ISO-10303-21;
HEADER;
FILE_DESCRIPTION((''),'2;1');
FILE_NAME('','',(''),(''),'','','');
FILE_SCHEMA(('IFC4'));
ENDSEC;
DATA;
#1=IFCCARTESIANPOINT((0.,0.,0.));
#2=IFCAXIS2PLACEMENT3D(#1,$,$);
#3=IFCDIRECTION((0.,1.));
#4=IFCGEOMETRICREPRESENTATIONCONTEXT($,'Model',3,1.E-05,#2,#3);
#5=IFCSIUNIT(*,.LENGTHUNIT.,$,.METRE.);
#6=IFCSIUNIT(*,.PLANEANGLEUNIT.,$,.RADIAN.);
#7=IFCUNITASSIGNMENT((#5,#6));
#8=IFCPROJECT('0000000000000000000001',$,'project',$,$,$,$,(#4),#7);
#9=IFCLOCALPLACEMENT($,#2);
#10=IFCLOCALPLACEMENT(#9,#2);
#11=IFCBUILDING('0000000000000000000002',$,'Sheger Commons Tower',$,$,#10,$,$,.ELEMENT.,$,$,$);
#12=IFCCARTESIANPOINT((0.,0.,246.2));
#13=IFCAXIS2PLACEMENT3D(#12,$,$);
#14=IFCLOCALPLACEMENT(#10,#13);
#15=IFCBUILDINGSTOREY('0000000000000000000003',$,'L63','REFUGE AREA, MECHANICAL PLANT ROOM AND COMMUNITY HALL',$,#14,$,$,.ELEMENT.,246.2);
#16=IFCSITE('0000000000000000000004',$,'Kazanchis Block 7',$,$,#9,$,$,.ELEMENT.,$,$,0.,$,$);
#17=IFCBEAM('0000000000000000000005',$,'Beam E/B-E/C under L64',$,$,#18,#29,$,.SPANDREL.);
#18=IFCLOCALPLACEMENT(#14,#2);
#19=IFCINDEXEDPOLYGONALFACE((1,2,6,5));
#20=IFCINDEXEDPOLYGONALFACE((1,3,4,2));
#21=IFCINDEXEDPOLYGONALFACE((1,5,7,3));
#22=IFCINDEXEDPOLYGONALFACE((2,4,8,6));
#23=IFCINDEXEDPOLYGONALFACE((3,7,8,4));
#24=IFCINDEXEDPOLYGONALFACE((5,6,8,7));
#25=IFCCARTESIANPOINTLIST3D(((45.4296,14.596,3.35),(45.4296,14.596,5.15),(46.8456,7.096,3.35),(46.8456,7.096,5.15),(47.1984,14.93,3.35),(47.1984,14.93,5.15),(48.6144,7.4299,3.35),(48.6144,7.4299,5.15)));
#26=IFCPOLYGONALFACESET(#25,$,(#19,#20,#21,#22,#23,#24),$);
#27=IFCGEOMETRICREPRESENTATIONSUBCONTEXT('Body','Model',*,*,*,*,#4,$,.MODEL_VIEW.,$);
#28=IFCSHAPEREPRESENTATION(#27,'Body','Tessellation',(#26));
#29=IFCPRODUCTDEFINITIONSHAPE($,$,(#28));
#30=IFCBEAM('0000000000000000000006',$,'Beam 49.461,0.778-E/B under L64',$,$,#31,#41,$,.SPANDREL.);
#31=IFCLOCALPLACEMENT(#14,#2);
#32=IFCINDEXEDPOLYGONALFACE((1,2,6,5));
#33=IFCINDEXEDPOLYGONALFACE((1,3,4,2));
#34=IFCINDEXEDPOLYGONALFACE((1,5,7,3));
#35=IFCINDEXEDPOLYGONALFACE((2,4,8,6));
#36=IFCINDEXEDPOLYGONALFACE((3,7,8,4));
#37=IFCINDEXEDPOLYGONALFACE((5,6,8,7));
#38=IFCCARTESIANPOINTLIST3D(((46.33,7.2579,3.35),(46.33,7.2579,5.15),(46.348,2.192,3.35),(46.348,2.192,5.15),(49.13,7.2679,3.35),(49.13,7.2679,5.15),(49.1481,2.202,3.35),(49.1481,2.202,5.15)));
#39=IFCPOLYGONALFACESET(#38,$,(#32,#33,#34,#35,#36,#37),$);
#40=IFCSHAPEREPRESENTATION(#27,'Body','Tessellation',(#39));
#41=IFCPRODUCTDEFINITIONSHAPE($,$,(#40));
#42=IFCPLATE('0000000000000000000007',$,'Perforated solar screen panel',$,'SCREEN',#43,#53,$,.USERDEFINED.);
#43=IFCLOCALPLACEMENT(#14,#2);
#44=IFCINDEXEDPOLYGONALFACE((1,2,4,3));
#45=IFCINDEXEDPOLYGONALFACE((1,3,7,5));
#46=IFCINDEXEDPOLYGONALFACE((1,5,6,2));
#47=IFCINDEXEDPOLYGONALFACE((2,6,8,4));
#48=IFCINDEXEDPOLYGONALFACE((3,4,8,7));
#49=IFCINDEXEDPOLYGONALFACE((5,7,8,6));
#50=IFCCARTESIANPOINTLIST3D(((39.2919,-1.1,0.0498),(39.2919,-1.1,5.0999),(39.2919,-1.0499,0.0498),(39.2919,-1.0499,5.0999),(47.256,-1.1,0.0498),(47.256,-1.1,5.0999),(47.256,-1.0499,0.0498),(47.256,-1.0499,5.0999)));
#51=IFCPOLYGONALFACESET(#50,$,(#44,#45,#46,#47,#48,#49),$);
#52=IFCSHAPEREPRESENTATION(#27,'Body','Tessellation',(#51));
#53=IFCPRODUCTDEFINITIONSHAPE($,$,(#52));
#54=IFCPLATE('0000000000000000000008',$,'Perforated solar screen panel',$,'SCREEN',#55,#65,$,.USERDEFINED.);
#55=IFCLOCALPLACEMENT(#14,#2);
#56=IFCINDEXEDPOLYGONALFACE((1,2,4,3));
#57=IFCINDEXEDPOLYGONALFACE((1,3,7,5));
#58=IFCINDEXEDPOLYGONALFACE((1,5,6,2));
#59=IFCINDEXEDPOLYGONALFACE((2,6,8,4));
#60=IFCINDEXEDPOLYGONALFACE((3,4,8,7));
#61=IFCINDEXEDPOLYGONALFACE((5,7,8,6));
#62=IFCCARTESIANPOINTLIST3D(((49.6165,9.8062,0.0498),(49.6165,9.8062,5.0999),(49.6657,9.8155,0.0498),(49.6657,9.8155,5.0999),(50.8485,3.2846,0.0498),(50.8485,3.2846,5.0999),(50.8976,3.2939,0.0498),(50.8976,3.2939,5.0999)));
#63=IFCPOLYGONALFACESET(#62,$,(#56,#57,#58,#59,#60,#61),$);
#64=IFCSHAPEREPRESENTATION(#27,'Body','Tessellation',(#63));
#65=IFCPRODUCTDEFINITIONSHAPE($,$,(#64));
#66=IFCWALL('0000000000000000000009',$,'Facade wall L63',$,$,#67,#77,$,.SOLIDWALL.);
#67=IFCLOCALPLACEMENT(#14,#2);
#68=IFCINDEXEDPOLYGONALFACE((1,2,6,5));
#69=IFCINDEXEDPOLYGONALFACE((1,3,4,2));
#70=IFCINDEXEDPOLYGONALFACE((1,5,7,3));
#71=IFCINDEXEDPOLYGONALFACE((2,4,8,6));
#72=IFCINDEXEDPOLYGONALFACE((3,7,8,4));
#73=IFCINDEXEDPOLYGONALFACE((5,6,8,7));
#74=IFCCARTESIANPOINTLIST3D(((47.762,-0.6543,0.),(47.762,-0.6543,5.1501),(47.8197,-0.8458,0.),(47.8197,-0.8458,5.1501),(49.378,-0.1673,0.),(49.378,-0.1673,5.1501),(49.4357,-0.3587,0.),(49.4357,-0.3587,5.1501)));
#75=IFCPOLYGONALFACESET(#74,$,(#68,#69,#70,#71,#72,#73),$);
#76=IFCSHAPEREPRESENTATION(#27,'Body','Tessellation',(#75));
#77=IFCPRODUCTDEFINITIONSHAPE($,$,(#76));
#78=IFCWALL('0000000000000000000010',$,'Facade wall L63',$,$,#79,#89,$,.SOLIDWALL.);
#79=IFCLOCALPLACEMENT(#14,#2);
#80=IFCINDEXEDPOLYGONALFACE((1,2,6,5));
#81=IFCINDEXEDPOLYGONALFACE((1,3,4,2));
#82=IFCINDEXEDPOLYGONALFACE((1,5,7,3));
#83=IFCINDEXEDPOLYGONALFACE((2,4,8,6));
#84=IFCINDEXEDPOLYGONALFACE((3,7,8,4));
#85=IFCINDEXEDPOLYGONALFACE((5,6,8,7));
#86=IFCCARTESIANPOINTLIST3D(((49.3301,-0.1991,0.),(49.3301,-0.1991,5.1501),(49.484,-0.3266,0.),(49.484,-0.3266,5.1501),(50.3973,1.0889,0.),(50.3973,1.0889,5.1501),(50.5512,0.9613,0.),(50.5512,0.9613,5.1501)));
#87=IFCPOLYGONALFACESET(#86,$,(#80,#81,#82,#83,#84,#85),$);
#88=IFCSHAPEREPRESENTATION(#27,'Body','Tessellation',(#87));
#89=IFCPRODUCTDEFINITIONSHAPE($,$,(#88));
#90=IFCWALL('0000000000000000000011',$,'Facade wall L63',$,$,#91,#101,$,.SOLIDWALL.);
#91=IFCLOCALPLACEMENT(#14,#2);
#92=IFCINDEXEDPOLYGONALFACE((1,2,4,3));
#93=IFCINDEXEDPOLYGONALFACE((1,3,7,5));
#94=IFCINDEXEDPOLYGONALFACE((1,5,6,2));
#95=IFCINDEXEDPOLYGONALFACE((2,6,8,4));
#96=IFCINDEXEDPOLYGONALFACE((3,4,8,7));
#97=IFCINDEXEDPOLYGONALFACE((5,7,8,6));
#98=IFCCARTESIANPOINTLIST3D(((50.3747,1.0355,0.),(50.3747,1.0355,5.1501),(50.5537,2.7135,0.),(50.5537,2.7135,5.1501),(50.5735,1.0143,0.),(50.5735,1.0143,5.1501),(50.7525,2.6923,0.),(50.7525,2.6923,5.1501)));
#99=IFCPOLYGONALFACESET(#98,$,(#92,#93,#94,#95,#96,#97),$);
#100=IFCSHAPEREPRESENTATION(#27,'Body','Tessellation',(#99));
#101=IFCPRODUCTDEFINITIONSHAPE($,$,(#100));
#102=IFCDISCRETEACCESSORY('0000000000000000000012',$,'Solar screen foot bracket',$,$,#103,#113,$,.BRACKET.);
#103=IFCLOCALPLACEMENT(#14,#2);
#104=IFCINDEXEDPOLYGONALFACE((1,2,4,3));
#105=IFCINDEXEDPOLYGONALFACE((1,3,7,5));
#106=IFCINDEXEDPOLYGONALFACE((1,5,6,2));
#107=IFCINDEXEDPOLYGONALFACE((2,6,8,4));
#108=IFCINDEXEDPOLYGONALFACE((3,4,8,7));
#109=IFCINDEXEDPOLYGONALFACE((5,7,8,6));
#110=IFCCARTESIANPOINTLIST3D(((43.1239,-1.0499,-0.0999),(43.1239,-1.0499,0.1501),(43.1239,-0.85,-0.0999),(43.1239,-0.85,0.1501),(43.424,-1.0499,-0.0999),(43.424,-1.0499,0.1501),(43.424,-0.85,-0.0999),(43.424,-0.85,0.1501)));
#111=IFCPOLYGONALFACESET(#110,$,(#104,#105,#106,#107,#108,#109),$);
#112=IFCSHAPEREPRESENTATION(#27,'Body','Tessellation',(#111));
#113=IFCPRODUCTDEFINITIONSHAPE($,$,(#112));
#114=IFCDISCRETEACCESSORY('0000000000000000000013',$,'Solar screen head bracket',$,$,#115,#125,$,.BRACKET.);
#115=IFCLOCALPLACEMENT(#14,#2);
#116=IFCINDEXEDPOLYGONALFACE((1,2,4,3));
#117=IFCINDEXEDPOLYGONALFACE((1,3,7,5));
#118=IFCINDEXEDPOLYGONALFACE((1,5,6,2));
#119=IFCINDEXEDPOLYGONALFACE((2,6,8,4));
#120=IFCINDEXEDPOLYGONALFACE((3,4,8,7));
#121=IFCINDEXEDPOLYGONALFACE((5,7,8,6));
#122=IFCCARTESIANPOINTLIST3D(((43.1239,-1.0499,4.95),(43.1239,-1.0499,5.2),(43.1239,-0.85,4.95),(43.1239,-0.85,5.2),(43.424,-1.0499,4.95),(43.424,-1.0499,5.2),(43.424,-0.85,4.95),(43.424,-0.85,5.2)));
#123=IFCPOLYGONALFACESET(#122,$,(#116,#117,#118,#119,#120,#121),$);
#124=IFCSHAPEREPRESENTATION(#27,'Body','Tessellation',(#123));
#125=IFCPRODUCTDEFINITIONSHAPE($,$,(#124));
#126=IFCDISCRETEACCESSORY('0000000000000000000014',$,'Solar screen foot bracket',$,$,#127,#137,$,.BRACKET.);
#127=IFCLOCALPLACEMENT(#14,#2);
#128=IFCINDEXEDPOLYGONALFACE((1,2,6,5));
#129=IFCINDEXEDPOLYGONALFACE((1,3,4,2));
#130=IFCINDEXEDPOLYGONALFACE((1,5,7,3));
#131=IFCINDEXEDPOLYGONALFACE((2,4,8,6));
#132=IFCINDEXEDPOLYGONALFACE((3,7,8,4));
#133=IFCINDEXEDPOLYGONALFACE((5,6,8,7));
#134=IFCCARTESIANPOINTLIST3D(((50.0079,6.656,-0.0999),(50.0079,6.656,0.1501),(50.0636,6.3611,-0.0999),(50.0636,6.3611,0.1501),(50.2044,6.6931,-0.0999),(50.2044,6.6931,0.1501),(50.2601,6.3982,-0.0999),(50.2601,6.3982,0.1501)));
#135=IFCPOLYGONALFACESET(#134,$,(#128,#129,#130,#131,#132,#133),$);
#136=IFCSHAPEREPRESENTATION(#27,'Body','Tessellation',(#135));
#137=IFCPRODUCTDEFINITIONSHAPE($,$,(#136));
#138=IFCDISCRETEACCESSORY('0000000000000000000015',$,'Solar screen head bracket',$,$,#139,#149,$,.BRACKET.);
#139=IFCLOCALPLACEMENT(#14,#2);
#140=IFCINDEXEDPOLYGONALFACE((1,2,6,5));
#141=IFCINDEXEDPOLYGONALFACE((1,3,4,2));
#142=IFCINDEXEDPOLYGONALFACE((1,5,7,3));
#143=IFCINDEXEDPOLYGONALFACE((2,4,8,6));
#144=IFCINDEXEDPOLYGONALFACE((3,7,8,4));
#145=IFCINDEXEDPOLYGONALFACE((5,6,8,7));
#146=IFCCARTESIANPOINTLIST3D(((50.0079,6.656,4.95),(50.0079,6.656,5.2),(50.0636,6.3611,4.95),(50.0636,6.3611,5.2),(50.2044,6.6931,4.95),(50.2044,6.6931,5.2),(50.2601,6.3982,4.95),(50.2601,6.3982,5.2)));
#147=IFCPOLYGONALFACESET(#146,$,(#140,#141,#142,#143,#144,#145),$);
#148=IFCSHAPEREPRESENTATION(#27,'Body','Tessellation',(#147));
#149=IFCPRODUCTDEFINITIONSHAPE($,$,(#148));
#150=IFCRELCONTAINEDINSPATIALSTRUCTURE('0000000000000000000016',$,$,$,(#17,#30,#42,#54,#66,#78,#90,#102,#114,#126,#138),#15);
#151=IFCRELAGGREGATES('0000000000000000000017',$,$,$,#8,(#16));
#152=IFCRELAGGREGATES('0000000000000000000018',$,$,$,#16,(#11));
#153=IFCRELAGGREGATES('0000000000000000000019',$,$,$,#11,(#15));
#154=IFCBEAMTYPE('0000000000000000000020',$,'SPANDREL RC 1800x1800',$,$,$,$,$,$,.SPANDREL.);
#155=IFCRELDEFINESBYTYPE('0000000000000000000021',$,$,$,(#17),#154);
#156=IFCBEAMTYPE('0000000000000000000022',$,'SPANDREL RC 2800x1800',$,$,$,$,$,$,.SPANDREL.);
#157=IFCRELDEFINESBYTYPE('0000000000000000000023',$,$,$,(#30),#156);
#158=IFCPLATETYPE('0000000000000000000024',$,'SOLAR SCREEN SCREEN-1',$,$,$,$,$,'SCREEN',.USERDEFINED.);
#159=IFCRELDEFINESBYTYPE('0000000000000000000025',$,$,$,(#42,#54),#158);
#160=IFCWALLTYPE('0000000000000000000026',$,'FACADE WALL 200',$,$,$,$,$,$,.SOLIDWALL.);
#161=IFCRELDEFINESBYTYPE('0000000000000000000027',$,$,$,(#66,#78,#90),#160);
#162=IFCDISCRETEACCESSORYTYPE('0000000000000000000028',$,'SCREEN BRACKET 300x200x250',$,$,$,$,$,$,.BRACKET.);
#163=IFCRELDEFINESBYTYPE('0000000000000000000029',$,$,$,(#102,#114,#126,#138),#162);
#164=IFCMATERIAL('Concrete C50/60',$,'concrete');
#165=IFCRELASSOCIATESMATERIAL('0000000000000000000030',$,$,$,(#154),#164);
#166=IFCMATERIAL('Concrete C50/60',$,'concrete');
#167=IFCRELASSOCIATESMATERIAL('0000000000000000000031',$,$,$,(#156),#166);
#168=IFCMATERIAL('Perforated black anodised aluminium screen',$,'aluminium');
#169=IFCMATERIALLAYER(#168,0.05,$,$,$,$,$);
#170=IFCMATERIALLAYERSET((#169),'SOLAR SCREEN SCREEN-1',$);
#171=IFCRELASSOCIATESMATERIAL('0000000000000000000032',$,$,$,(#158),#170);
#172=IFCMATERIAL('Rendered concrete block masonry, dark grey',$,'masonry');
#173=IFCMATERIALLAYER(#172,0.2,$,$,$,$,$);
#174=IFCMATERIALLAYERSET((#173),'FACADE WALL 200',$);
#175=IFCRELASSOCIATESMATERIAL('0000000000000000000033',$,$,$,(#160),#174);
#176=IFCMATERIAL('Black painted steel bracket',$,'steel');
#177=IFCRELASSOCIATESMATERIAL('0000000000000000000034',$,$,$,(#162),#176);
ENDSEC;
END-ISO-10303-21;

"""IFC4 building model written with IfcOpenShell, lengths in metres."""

from ifc_helpers import new_model, si_unit, direction, frame, frame_2d, origin, origin_2d, place, context, subcontext, project, spatial, rectangle, extrude, material, layer, layer_set, material_profile, profile_set, type_object, element, save


model = new_model("IFC4")

# Units and contexts
model_context = context("Model", 3, precision=1e-05, world=origin(), true_north=direction((0.0, 1.0)))
body_context = subcontext(model_context, "Body", "Model", "MODEL_VIEW")
ifc_project = project(units=[si_unit("LENGTHUNIT", "METRE"), si_unit("PLANEANGLEUNIT", "RADIAN")], contexts=[model_context])

# Site, building, storey
site_placement = place(None, origin())
site = spatial("IfcSite", under=ifc_project, at=site_placement, Name="Kazanchis Block 7", CompositionType="ELEMENT", RefElevation=0.0)
building_placement = place(site_placement, origin())
building = spatial("IfcBuilding", under=site, at=building_placement, Name="Sheger Commons Tower", CompositionType="ELEMENT")
storey_placement = place(building_placement, frame((0.0, 0.0, 246.2)))
storey = spatial("IfcBuildingStorey", under=building, at=storey_placement, Name="L63", Description="REFUGE AREA, MECHANICAL PLANT ROOM AND COMMUNITY HALL", CompositionType="ELEMENT", Elevation=246.2)

# Beams
ifc_material_1 = material(Name="Concrete C50/60", Category="concrete")
ifc_material_profile_1 = material_profile(ifc_material_1, rectangle(XDim=1.8, YDim=1.8, at=origin_2d()), Name="RC 1800x1800")
ifc_profile_set_1 = profile_set([ifc_material_profile_1], Name="Concrete C50/60")
beam_type_1 = type_object("IfcBeamType", Name="SPANDREL RC 1800x1800", PredefinedType="SPANDREL", material=ifc_profile_set_1)
beam_1_placement = place(storey_placement, frame((47.73, 7.2629, 4.25), z_axis=(-0.185524, 0.98264, 0.0), x_axis=(-0.98264, -0.185524, 0.0)))
element("IfcBeam", 1, at=beam_1_placement, inside=storey, type_object=beam_type_1, Name="Beam E/B-E/C under L64", PredefinedType="SPANDREL", context=body_context, shape_type="SweptSolid", body=[
    extrude(rectangle(XDim=1.8, YDim=1.8, at=origin_2d()), origin(), (0.0, 0.0, 1.0), 7.6326),
])
ifc_material_2 = material(Name="Concrete C50/60", Category="concrete")
ifc_material_profile_2 = material_profile(ifc_material_2, rectangle(XDim=2.8, YDim=1.8, at=origin_2d()), Name="RC 2800x1800")
ifc_profile_set_2 = profile_set([ifc_material_profile_2], Name="Concrete C50/60")
beam_type_2 = type_object("IfcBeamType", Name="SPANDREL RC 2800x1800", PredefinedType="SPANDREL", material=ifc_profile_set_2)
beam_2_placement = place(storey_placement, frame((47.748, 2.197, 4.25), z_axis=(-0.003566, 0.999994, 0.0), x_axis=(-0.999994, -0.003566, 0.0)))
element("IfcBeam", 2, at=beam_2_placement, inside=storey, type_object=beam_type_2, Name="Beam 49.461,0.778-E/B under L64", PredefinedType="SPANDREL", context=body_context, shape_type="SweptSolid", body=[
    extrude(rectangle(XDim=2.8, YDim=1.8, at=origin_2d()), origin(), (0.0, 0.0, 1.0), 5.0659),
])

# Plates
ifc_material_3 = material(Name="Perforated black anodised aluminium screen", Category="aluminium")
ifc_layer_1 = layer(ifc_material_3, 0.05)
ifc_layer_set_1 = layer_set([ifc_layer_1], Name="SOLAR SCREEN SCREEN-1")
plate_type = type_object("IfcPlateType", Name="SOLAR SCREEN SCREEN-1", ElementType="SCREEN", PredefinedType="USERDEFINED", material=ifc_layer_set_1)
plate_1_placement = place(storey_placement, frame((43.2739, -1.075, 0.0498), z_axis=(0.0, 0.0, 1.0), x_axis=(1.0, 0.0, 0.0)))
element("IfcPlate", 3, at=plate_1_placement, inside=storey, type_object=plate_type, Name="Perforated solar screen panel", ObjectType="SCREEN", PredefinedType="USERDEFINED", context=body_context, shape_type="SweptSolid", body=[
    extrude(rectangle(XDim=7.9641, YDim=0.05, at=origin_2d()), origin(), (0.0, 0.0, 1.0), 5.05),
])
plate_2_placement = place(storey_placement, frame((50.2571, 6.55, 0.0498), z_axis=(0.0, 0.0, 1.0), x_axis=(-0.185615, 0.982623, 0.0)))
element("IfcPlate", 4, at=plate_2_placement, inside=storey, type_object=plate_type, Name="Perforated solar screen panel", ObjectType="SCREEN", PredefinedType="USERDEFINED", context=body_context, shape_type="SweptSolid", body=[
    extrude(rectangle(XDim=6.637, YDim=0.05, at=origin_2d()), origin(), (0.0, 0.0, 1.0), 5.05),
])

# Walls
ifc_material_4 = material(Name="Rendered concrete block masonry, dark grey", Category="masonry")
ifc_layer_2 = layer(ifc_material_4, 0.2)
ifc_layer_set_2 = layer_set([ifc_layer_2], Name="FACADE WALL 200")
wall_type = type_object("IfcWallType", Name="FACADE WALL 200", PredefinedType="SOLIDWALL", material=ifc_layer_set_2)
wall_1_placement = place(storey_placement, frame((47.791, -0.75, 0.0), z_axis=(0.0, 0.0, 1.0), x_axis=(0.957455, 0.288582, 0.0)))
element("IfcWall", 5, at=wall_1_placement, inside=storey, type_object=wall_type, Name="Facade wall L63", PredefinedType="SOLIDWALL", context=body_context, shape_type="SweptSolid", body=[
    extrude(rectangle(XDim=1.6877, YDim=0.2, at=frame_2d((0.8438, 0.0))), origin(), (0.0, 0.0, 1.0), 5.1501),
])
wall_2_placement = place(storey_placement, frame((49.407, -0.2629, 0.0), z_axis=(0.0, 0.0, 1.0), x_axis=(0.638043, 0.770001, 0.0)))
element("IfcWall", 6, at=wall_2_placement, inside=storey, type_object=wall_type, Name="Facade wall L63", PredefinedType="SOLIDWALL", context=body_context, shape_type="SweptSolid", body=[
    extrude(rectangle(XDim=1.6726, YDim=0.2, at=frame_2d((0.8364, 0.0))), origin(), (0.0, 0.0, 1.0), 5.1501),
])
wall_3_placement = place(storey_placement, frame((50.4741, 1.0249, 0.0), z_axis=(0.0, 0.0, 1.0), x_axis=(0.106048, 0.994361, 0.0)))
element("IfcWall", 7, at=wall_3_placement, inside=storey, type_object=wall_type, Name="Facade wall L63", PredefinedType="SOLIDWALL", context=body_context, shape_type="SweptSolid", body=[
    extrude(rectangle(XDim=1.6875, YDim=0.2, at=frame_2d((0.8438, 0.0))), origin(), (0.0, 0.0, 1.0), 5.1501),
])

# Discrete accessories
ifc_material_5 = material(Name="Black painted steel bracket", Category="steel")
discrete_accessory_type = type_object("IfcDiscreteAccessoryType", Name="SCREEN BRACKET 300x200x250", PredefinedType="BRACKET", material=ifc_material_5)
for number, where, z_axis, x_axis, name in (
    (8, (43.2739, -0.95, -0.0999), (0.0, 0.0, 1.0), (1.0, 0.0, 0.0), "Solar screen foot bracket"),
    (9, (43.2739, -0.95, 4.95), (0.0, 0.0, 1.0), (1.0, 0.0, 0.0), "Solar screen head bracket"),
    (10, (50.134, 6.5271, -0.0999), (0.0, 0.0, 1.0), (-0.185615, 0.982623, 0.0), "Solar screen foot bracket"),
    (11, (50.134, 6.5271, 4.95), (0.0, 0.0, 1.0), (-0.185615, 0.982623, 0.0), "Solar screen head bracket"),
):
    element("IfcDiscreteAccessory", number, at=place(storey_placement, frame(where, z_axis=z_axis, x_axis=x_axis)), inside=storey, type_object=discrete_accessory_type, Name=name, PredefinedType="BRACKET", context=body_context, shape_type="SweptSolid", body=[
        extrude(rectangle(XDim=0.3, YDim=0.2, at=origin_2d()), origin(), (0.0, 0.0, 1.0), 0.25),
    ])

save(model, "model.ifc")
